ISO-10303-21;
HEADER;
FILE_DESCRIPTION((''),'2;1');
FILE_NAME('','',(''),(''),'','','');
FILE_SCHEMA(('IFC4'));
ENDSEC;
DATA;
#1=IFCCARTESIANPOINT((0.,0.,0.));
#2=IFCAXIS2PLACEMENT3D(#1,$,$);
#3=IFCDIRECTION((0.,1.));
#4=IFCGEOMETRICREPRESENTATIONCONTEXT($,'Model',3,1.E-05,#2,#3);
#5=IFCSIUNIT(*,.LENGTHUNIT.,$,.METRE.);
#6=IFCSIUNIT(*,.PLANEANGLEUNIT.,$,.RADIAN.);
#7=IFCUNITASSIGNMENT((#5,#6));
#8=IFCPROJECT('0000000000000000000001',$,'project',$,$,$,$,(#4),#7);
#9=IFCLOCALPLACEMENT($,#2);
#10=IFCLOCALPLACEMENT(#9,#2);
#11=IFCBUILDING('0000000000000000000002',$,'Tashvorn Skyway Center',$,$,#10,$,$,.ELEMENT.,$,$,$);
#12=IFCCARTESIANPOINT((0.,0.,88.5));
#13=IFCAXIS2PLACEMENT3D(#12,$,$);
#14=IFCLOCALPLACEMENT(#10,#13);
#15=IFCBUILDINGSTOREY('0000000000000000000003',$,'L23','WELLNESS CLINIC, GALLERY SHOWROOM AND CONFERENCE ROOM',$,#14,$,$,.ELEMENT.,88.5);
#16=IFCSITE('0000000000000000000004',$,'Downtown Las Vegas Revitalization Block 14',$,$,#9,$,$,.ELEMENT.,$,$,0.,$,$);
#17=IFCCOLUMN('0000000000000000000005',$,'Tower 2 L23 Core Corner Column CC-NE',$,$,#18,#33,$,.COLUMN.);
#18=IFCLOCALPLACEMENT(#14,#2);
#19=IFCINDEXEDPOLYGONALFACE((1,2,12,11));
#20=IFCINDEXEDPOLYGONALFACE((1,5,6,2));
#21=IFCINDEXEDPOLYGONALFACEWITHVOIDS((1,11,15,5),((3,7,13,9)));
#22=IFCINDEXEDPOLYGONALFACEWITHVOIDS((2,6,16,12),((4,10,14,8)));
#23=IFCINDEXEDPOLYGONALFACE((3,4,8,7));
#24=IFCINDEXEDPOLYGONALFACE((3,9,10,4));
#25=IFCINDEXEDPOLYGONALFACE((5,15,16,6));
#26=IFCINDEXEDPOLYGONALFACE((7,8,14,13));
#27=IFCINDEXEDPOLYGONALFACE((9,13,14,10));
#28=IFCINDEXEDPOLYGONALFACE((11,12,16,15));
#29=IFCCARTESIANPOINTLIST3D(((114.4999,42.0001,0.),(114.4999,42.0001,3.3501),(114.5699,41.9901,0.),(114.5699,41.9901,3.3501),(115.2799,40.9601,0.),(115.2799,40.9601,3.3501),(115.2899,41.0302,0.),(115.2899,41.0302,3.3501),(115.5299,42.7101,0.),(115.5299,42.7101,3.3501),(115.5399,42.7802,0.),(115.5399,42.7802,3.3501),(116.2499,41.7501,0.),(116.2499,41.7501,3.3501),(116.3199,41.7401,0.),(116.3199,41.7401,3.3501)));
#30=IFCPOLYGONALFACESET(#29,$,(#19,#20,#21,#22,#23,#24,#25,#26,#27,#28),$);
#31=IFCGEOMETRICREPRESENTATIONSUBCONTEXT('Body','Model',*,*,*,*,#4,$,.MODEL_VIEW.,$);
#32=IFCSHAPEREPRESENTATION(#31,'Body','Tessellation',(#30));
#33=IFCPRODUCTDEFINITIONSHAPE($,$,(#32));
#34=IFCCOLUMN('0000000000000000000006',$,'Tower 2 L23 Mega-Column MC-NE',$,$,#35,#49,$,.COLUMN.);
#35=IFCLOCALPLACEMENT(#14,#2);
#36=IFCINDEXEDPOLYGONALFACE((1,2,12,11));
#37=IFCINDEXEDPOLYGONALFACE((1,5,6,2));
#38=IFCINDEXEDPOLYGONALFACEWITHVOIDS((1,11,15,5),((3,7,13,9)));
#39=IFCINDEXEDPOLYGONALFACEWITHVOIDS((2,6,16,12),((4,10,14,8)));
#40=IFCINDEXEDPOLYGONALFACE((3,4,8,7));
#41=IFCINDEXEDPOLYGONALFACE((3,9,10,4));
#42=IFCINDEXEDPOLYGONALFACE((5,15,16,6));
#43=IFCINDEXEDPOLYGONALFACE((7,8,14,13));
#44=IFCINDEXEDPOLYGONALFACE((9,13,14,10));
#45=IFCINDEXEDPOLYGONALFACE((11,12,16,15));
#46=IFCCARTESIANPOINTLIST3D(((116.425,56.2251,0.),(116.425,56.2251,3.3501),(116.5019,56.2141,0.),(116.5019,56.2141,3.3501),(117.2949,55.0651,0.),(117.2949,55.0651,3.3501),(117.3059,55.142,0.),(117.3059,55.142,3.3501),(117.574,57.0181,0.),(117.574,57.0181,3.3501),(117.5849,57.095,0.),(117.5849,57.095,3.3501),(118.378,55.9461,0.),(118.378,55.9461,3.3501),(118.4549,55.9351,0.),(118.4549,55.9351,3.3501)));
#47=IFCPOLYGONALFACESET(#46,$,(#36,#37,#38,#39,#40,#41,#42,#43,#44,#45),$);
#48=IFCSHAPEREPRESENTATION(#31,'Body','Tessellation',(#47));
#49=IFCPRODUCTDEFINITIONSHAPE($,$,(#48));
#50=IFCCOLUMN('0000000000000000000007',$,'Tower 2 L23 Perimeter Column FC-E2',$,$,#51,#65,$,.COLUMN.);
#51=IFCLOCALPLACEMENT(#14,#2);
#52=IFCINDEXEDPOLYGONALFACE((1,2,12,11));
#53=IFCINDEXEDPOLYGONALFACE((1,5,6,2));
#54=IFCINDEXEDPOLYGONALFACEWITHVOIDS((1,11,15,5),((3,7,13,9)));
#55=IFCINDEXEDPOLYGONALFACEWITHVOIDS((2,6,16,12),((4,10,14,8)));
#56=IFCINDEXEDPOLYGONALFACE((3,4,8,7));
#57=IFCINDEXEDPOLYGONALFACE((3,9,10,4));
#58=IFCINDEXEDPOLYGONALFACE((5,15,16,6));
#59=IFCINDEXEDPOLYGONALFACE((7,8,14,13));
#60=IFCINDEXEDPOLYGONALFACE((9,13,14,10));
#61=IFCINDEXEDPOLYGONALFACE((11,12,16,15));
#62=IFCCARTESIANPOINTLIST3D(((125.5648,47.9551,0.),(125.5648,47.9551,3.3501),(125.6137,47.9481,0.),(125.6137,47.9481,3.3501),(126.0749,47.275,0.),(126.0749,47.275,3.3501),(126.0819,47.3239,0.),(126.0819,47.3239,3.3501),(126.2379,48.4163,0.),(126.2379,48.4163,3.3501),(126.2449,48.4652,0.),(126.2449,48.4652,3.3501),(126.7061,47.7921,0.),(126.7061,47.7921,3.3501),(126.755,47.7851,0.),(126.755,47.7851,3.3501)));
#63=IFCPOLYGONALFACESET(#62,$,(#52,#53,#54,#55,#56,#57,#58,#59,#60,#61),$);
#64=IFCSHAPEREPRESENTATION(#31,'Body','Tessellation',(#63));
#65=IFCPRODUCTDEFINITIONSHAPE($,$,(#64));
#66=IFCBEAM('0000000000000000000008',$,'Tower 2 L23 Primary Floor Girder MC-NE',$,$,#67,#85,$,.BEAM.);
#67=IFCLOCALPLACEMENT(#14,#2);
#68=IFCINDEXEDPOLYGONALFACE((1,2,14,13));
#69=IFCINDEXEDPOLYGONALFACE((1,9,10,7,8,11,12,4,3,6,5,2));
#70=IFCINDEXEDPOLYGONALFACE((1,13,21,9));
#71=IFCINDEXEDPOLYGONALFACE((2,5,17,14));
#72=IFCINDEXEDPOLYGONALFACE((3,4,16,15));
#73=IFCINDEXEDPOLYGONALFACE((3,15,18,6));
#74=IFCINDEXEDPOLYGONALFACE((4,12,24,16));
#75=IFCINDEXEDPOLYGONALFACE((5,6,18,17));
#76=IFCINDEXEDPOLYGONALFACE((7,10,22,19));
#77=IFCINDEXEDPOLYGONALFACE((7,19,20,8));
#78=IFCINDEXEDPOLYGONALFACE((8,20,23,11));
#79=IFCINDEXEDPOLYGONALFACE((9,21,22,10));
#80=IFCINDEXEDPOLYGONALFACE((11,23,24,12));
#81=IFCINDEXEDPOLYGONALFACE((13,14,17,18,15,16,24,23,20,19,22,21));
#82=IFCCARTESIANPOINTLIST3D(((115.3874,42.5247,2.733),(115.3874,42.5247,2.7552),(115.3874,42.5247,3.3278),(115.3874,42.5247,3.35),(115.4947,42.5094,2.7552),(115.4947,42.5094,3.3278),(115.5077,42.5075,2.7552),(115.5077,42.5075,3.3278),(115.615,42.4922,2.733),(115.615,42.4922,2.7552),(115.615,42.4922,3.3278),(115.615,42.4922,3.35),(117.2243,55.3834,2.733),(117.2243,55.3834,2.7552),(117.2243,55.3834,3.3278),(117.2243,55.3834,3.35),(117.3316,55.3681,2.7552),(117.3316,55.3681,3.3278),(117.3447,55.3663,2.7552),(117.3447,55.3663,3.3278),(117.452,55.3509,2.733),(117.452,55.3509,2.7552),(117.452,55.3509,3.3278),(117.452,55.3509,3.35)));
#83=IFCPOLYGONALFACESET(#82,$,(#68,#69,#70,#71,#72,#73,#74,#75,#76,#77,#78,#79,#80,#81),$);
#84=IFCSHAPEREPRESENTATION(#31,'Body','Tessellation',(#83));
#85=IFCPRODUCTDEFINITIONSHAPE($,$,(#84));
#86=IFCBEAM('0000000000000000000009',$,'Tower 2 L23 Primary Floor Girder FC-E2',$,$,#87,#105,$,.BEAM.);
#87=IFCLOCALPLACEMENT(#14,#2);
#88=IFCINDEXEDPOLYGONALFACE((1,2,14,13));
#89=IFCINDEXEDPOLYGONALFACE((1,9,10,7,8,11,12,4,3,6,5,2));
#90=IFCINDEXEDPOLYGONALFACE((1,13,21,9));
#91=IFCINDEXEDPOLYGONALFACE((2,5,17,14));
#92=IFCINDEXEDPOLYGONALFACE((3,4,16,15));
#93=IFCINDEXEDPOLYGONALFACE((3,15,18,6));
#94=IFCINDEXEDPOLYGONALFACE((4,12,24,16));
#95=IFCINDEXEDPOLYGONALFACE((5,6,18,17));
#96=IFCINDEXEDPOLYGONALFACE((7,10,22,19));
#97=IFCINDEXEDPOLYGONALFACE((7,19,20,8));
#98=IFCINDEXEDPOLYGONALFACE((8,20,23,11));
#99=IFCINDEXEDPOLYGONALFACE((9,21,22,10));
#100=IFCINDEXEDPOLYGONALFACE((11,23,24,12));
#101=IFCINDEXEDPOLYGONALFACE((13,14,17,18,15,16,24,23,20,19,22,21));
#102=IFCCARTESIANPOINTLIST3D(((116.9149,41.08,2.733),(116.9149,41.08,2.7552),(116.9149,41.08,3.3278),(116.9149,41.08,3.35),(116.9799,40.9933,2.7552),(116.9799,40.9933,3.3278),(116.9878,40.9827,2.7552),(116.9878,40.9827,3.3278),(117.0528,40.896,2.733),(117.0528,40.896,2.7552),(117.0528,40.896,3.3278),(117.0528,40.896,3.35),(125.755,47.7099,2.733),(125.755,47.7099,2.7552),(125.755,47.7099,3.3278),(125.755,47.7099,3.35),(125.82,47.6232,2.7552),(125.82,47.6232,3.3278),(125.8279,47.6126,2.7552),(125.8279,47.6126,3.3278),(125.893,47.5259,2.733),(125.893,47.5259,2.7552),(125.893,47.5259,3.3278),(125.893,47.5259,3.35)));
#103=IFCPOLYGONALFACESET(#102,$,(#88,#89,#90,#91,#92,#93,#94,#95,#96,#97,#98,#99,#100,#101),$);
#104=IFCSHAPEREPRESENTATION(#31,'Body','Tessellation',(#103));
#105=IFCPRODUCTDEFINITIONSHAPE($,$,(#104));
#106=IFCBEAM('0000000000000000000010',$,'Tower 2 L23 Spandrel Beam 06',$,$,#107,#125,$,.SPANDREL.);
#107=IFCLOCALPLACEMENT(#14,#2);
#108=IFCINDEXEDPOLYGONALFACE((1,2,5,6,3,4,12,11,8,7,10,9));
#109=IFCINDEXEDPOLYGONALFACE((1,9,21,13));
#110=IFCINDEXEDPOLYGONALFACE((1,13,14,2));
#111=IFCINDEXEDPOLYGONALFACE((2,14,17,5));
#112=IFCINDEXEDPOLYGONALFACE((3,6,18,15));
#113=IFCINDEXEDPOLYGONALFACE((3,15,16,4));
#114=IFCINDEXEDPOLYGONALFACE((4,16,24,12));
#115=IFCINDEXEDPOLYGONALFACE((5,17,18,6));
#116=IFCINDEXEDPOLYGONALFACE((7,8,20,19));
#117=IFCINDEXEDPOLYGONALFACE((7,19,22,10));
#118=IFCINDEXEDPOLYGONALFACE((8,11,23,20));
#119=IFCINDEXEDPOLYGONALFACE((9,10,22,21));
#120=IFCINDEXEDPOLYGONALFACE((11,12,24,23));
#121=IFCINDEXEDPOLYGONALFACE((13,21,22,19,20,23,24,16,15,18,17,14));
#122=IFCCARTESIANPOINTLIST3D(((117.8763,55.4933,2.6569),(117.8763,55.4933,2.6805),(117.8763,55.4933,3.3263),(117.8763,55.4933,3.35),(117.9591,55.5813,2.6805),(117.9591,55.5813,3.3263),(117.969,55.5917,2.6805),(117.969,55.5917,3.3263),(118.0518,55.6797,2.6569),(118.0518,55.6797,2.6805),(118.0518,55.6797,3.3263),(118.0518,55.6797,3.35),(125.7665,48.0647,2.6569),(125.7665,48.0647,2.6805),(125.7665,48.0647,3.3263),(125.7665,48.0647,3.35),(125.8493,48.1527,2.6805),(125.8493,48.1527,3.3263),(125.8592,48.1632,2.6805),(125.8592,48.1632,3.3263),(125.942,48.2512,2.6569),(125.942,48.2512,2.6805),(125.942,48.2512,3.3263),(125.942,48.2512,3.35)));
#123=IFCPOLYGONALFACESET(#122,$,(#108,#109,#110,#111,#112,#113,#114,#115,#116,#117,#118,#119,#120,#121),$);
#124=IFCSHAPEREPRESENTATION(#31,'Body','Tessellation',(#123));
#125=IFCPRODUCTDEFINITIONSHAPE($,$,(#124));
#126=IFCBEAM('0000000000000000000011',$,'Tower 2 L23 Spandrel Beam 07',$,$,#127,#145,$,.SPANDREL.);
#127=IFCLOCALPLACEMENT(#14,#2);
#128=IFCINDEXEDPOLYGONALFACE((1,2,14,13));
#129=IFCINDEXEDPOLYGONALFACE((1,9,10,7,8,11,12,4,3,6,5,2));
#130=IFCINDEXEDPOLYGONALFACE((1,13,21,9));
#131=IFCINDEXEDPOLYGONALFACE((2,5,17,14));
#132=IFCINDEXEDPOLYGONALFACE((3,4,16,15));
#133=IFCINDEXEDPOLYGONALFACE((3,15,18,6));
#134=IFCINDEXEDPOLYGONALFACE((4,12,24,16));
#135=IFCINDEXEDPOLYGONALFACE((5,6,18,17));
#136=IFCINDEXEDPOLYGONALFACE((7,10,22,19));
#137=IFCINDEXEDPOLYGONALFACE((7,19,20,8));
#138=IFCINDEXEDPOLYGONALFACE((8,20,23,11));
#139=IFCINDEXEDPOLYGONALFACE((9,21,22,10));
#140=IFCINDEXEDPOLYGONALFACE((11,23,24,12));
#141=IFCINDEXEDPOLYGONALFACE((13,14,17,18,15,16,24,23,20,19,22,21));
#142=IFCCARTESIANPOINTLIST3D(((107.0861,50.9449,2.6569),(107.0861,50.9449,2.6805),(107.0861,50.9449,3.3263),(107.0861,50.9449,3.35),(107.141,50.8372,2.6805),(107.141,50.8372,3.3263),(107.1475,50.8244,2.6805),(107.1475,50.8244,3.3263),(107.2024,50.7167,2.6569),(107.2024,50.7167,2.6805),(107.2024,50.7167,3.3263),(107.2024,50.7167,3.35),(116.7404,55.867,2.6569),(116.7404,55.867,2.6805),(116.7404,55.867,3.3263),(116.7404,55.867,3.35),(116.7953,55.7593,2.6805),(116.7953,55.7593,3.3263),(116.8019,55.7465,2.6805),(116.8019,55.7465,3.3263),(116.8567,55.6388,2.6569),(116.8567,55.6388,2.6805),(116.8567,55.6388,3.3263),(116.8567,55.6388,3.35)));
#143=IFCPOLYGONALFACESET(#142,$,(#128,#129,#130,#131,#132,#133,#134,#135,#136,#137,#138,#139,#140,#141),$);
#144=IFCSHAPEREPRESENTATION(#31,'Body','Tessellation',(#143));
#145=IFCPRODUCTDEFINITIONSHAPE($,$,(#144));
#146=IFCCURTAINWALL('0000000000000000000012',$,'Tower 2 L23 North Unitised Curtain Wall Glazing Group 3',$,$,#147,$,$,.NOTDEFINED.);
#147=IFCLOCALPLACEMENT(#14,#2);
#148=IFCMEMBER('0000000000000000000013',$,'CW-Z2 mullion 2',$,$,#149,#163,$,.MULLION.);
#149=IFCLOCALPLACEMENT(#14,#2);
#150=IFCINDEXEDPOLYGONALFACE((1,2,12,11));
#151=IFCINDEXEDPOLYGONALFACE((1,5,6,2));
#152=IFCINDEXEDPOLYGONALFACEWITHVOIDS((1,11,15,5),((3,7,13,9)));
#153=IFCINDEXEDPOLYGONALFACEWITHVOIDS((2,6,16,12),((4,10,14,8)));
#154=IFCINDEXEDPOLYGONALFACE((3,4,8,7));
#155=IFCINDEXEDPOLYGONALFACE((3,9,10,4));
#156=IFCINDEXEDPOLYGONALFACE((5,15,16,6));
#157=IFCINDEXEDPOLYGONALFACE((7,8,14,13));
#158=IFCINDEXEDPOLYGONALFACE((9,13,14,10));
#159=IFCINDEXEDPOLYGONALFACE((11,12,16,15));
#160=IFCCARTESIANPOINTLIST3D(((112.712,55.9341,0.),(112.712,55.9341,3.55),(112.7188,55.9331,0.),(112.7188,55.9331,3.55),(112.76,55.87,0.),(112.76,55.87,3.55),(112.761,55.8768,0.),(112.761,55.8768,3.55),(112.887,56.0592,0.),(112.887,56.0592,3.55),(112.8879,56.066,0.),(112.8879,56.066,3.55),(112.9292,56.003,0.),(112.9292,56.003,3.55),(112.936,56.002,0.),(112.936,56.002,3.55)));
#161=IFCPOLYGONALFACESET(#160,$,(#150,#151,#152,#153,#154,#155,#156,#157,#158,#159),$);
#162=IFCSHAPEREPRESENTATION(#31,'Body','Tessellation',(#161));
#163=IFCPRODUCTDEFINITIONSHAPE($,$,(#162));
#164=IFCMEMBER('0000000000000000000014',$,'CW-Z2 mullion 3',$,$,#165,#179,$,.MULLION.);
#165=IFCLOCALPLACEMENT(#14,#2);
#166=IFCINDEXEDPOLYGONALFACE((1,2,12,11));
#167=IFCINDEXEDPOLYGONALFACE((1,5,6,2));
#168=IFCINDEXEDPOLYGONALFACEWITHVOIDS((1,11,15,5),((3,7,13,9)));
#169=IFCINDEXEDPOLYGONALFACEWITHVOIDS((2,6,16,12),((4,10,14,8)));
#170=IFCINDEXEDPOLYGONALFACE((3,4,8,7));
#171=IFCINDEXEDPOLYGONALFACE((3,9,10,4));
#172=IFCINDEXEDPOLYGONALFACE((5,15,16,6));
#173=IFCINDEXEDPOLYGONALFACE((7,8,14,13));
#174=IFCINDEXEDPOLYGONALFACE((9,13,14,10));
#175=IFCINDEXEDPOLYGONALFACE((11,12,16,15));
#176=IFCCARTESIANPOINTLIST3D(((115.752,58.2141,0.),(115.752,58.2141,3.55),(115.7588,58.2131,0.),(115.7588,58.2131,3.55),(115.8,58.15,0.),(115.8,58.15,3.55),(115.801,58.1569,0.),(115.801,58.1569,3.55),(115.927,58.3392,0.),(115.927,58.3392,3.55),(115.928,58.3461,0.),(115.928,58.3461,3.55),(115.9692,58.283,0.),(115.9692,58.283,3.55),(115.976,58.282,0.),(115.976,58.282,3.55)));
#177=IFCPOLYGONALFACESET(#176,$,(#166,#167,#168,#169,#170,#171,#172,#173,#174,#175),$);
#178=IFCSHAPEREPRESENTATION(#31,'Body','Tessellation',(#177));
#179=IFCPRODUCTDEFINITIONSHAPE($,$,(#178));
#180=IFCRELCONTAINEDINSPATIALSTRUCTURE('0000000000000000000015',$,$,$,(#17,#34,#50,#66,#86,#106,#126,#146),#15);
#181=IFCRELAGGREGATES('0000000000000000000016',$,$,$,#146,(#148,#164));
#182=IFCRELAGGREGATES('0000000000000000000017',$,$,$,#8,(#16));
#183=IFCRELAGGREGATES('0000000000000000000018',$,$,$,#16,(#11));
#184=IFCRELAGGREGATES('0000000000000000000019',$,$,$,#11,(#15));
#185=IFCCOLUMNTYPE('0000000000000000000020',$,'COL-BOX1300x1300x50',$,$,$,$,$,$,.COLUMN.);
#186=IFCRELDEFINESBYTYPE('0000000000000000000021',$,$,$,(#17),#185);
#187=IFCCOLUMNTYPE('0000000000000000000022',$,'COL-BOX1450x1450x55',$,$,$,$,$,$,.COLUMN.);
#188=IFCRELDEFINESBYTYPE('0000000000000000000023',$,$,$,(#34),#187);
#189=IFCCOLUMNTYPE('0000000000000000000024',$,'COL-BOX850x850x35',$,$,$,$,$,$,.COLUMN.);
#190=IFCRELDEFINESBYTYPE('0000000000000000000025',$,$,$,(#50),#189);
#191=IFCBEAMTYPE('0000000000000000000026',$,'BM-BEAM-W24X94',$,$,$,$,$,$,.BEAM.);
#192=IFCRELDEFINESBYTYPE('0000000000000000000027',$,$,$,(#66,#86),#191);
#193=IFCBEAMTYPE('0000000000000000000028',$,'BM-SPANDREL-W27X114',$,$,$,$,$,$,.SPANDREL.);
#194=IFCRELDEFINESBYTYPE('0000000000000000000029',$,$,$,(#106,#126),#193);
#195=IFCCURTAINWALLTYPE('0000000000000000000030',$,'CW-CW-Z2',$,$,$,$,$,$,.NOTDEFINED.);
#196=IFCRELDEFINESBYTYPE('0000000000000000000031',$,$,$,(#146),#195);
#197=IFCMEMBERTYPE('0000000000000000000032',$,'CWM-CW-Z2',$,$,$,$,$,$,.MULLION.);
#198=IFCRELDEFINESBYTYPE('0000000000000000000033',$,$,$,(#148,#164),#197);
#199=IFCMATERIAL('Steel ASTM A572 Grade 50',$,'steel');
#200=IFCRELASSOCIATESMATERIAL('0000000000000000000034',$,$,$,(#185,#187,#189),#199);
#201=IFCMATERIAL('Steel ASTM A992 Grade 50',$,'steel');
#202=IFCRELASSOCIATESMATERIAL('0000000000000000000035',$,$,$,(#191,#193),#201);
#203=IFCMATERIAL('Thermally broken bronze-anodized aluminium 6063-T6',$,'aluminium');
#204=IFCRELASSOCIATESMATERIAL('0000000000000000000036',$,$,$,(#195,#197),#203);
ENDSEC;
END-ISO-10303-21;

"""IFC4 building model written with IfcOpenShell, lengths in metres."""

from ifc_helpers import new_model, si_unit, direction, frame, origin, origin_2d, place, context, subcontext, project, spatial, hollow_rectangle, i_section, extrude, material, material_profile, profile_set, type_object, element, aggregate, save


model = new_model("IFC4")

# Units and contexts
model_context = context("Model", 3, precision=1e-05, world=origin(), true_north=direction((0.0, 1.0)))
body_context = subcontext(model_context, "Body", "Model", "MODEL_VIEW")
ifc_project = project(units=[si_unit("LENGTHUNIT", "METRE"), si_unit("PLANEANGLEUNIT", "RADIAN")], contexts=[model_context])

# Site, building, storey
site_placement = place(None, origin())
site = spatial("IfcSite", under=ifc_project, at=site_placement, Name="Downtown Las Vegas Revitalization Block 14", CompositionType="ELEMENT", RefElevation=0.0)
building_placement = place(site_placement, origin())
building = spatial("IfcBuilding", under=site, at=building_placement, Name="Tashvorn Skyway Center", CompositionType="ELEMENT")
storey_placement = place(building_placement, frame((0.0, 0.0, 88.5)))
storey = spatial("IfcBuildingStorey", under=building, at=storey_placement, Name="L23", Description="WELLNESS CLINIC, GALLERY SHOWROOM AND CONFERENCE ROOM", CompositionType="ELEMENT", Elevation=88.5)

# Columns
ifc_material_1 = material(Name="Steel ASTM A572 Grade 50", Category="steel")
ifc_material_profile_1 = material_profile(ifc_material_1, hollow_rectangle(XDim=1.3, YDim=1.3, WallThickness=0.05, at=origin_2d()), Name="BOX1300x1300x50")
ifc_profile_set_1 = profile_set([ifc_material_profile_1], Name="Steel ASTM A572 Grade 50")
column_type_1 = type_object("IfcColumnType", Name="COL-BOX1300x1300x50", PredefinedType="COLUMN", material=ifc_profile_set_1)
column_1_placement = place(storey_placement, frame((115.4099, 41.8701, 0.0), z_axis=(0.0, 0.0, 1.0), x_axis=(0.8, 0.6, 0.0)))
element("IfcColumn", 1, at=column_1_placement, inside=storey, type_object=column_type_1, Name="Tower 2 L23 Core Corner Column CC-NE", PredefinedType="COLUMN", context=body_context, shape_type="SweptSolid", body=[
    extrude(hollow_rectangle(XDim=1.3, YDim=1.3, WallThickness=0.05, at=origin_2d()), origin(), (0.0, 0.0, 1.0), 3.3501),
])
ifc_material_profile_2 = material_profile(ifc_material_1, hollow_rectangle(XDim=1.45, YDim=1.45, WallThickness=0.0549, at=origin_2d()), Name="BOX1450x1450x55")
ifc_profile_set_2 = profile_set([ifc_material_profile_2], Name="Steel ASTM A572 Grade 50")
column_type_2 = type_object("IfcColumnType", Name="COL-BOX1450x1450x55", PredefinedType="COLUMN", material=ifc_profile_set_2)
column_2_placement = place(storey_placement, frame((117.4399, 56.0801, 0.0), z_axis=(0.0, 0.0, 1.0), x_axis=(0.8, 0.6, 0.0)))
element("IfcColumn", 2, at=column_2_placement, inside=storey, type_object=column_type_2, Name="Tower 2 L23 Mega-Column MC-NE", PredefinedType="COLUMN", context=body_context, shape_type="SweptSolid", body=[
    extrude(hollow_rectangle(XDim=1.45, YDim=1.45, WallThickness=0.0549, at=origin_2d()), origin(), (0.0, 0.0, 1.0), 3.3501),
])
ifc_material_profile_3 = material_profile(ifc_material_1, hollow_rectangle(XDim=0.8501, YDim=0.8501, WallThickness=0.0349, at=origin_2d()), Name="BOX850x850x35")
ifc_profile_set_3 = profile_set([ifc_material_profile_3], Name="Steel ASTM A572 Grade 50")
column_type_3 = type_object("IfcColumnType", Name="COL-BOX850x850x35", PredefinedType="COLUMN", material=ifc_profile_set_3)
column_3_placement = place(storey_placement, frame((126.1599, 47.8701, 0.0), z_axis=(0.0, 0.0, 1.0), x_axis=(0.8, 0.6, 0.0)))
element("IfcColumn", 3, at=column_3_placement, inside=storey, type_object=column_type_3, Name="Tower 2 L23 Perimeter Column FC-E2", PredefinedType="COLUMN", context=body_context, shape_type="SweptSolid", body=[
    extrude(hollow_rectangle(XDim=0.8501, YDim=0.8501, WallThickness=0.0349, at=origin_2d()), origin(), (0.0, 0.0, 1.0), 3.3501),
])

# Beams
ifc_material_2 = material(Name="Steel ASTM A992 Grade 50", Category="steel")
ifc_material_profile_4 = material_profile(ifc_material_2, i_section(OverallWidth=0.23, OverallDepth=0.6169, WebThickness=0.0132, FlangeThickness=0.0222, at=origin_2d()), Name="W24X94")
ifc_profile_set_4 = profile_set([ifc_material_profile_4], Name="Steel ASTM A992 Grade 50")
beam_type_1 = type_object("IfcBeamType", Name="BM-BEAM-W24X94", PredefinedType="BEAM", material=ifc_profile_set_4)
beam_1_placement = place(storey_placement, frame((117.3381, 55.3672, 3.0415), z_axis=(-0.141419, -0.98995, 0.0), x_axis=(0.98995, -0.141419, 0.0)))
element("IfcBeam", 4, at=beam_1_placement, inside=storey, type_object=beam_type_1, Name="Tower 2 L23 Primary Floor Girder MC-NE", PredefinedType="BEAM", context=body_context, shape_type="SweptSolid", body=[
    extrude(i_section(OverallWidth=0.23, OverallDepth=0.6169, WebThickness=0.0132, FlangeThickness=0.0222, at=origin_2d()), origin(), (0.0, 0.0, 1.0), 12.9893),
])
beam_2_placement = place(storey_placement, frame((125.824, 47.6179, 3.0415), z_axis=(-0.800008, -0.599989, 0.0), x_axis=(0.599989, -0.800008, 0.0)))
element("IfcBeam", 5, at=beam_2_placement, inside=storey, type_object=beam_type_1, Name="Tower 2 L23 Primary Floor Girder FC-E2", PredefinedType="BEAM", context=body_context, shape_type="SweptSolid", body=[
    extrude(i_section(OverallWidth=0.23, OverallDepth=0.6169, WebThickness=0.0132, FlangeThickness=0.0222, at=origin_2d()), origin(), (0.0, 0.0, 1.0), 11.05),
])
ifc_material_profile_5 = material_profile(ifc_material_2, i_section(OverallWidth=0.2561, OverallDepth=0.6931, WebThickness=0.0144, FlangeThickness=0.0237, at=origin_2d()), Name="W27X114")
ifc_profile_set_5 = profile_set([ifc_material_profile_5], Name="Steel ASTM A992 Grade 50")
beam_type_2 = type_object("IfcBeamType", Name="BM-SPANDREL-W27X114", PredefinedType="SPANDREL", material=ifc_profile_set_5)
beam_3_placement = place(storey_placement, frame((125.8542, 48.158, 3.0034), z_axis=(-0.728087, 0.685485, 0.0), x_axis=(-0.685485, -0.728087, 0.0)))
element("IfcBeam", 6, at=beam_3_placement, inside=storey, type_object=beam_type_2, Name="Tower 2 L23 Spandrel Beam 06", PredefinedType="SPANDREL", context=body_context, shape_type="SweptSolid", body=[
    extrude(i_section(OverallWidth=0.2561, OverallDepth=0.6931, WebThickness=0.0144, FlangeThickness=0.0237, at=origin_2d()), origin(), (0.0, 0.0, 1.0), 10.8369),
])
beam_4_placement = place(storey_placement, frame((116.7986, 55.7529, 3.0034), z_axis=(-0.890894, -0.454211, 0.0), x_axis=(0.454211, -0.890894, 0.0)))
element("IfcBeam", 7, at=beam_4_placement, inside=storey, type_object=beam_type_2, Name="Tower 2 L23 Spandrel Beam 07", PredefinedType="SPANDREL", context=body_context, shape_type="SweptSolid", body=[
    extrude(i_section(OverallWidth=0.2561, OverallDepth=0.6931, WebThickness=0.0144, FlangeThickness=0.0237, at=origin_2d()), origin(), (0.0, 0.0, 1.0), 10.8367),
])

# Curtain wall, members
ifc_material_3 = material(Name="Thermally broken bronze-anodized aluminium 6063-T6", Category="aluminium")
curtain_wall_type = type_object("IfcCurtainWallType", Name="CW-CW-Z2", PredefinedType="NOTDEFINED", material=ifc_material_3)
curtain_wall_1_placement = place(storey_placement, origin())
curtain_wall_1 = element("IfcCurtainWall", 8, at=curtain_wall_1_placement, inside=storey, type_object=curtain_wall_type, Name="Tower 2 L23 North Unitised Curtain Wall Glazing Group 3", PredefinedType="NOTDEFINED")
ifc_material_profile_6 = material_profile(ifc_material_3, hollow_rectangle(XDim=0.0801, YDim=0.22, WallThickness=0.0049, at=origin_2d()), Name="ALU-MULL-80x220")
ifc_profile_set_6 = profile_set([ifc_material_profile_6], Name="Thermally broken bronze-anodized aluminium 6063-T6")
member_type_1 = type_object("IfcMemberType", Name="CWM-CW-Z2", PredefinedType="MULLION", material=ifc_profile_set_6)
member_1_placement = place(storey_placement, frame((112.824, 55.968, 0.0), z_axis=(0.0, 0.0, 1.0), x_axis=(-0.6, 0.8, 0.0)))
member_1 = element("IfcMember", 9, at=member_1_placement, type_object=member_type_1, Name="CW-Z2 mullion 2", PredefinedType="MULLION", context=body_context, shape_type="SweptSolid", body=[
    extrude(hollow_rectangle(XDim=0.0801, YDim=0.22, WallThickness=0.0049, at=origin_2d()), origin(), (0.0, 0.0, 1.0), 3.55),
])
member_2_placement = place(storey_placement, frame((115.864, 58.248, 0.0), z_axis=(0.0, 0.0, 1.0), x_axis=(-0.6, 0.8, 0.0)))
member_2 = element("IfcMember", 10, at=member_2_placement, type_object=member_type_1, Name="CW-Z2 mullion 3", PredefinedType="MULLION", context=body_context, shape_type="SweptSolid", body=[
    extrude(hollow_rectangle(XDim=0.0801, YDim=0.22, WallThickness=0.0049, at=origin_2d()), origin(), (0.0, 0.0, 1.0), 3.55),
])

aggregate(curtain_wall_1, [member_1, member_2])

save(model, "model.ifc")
